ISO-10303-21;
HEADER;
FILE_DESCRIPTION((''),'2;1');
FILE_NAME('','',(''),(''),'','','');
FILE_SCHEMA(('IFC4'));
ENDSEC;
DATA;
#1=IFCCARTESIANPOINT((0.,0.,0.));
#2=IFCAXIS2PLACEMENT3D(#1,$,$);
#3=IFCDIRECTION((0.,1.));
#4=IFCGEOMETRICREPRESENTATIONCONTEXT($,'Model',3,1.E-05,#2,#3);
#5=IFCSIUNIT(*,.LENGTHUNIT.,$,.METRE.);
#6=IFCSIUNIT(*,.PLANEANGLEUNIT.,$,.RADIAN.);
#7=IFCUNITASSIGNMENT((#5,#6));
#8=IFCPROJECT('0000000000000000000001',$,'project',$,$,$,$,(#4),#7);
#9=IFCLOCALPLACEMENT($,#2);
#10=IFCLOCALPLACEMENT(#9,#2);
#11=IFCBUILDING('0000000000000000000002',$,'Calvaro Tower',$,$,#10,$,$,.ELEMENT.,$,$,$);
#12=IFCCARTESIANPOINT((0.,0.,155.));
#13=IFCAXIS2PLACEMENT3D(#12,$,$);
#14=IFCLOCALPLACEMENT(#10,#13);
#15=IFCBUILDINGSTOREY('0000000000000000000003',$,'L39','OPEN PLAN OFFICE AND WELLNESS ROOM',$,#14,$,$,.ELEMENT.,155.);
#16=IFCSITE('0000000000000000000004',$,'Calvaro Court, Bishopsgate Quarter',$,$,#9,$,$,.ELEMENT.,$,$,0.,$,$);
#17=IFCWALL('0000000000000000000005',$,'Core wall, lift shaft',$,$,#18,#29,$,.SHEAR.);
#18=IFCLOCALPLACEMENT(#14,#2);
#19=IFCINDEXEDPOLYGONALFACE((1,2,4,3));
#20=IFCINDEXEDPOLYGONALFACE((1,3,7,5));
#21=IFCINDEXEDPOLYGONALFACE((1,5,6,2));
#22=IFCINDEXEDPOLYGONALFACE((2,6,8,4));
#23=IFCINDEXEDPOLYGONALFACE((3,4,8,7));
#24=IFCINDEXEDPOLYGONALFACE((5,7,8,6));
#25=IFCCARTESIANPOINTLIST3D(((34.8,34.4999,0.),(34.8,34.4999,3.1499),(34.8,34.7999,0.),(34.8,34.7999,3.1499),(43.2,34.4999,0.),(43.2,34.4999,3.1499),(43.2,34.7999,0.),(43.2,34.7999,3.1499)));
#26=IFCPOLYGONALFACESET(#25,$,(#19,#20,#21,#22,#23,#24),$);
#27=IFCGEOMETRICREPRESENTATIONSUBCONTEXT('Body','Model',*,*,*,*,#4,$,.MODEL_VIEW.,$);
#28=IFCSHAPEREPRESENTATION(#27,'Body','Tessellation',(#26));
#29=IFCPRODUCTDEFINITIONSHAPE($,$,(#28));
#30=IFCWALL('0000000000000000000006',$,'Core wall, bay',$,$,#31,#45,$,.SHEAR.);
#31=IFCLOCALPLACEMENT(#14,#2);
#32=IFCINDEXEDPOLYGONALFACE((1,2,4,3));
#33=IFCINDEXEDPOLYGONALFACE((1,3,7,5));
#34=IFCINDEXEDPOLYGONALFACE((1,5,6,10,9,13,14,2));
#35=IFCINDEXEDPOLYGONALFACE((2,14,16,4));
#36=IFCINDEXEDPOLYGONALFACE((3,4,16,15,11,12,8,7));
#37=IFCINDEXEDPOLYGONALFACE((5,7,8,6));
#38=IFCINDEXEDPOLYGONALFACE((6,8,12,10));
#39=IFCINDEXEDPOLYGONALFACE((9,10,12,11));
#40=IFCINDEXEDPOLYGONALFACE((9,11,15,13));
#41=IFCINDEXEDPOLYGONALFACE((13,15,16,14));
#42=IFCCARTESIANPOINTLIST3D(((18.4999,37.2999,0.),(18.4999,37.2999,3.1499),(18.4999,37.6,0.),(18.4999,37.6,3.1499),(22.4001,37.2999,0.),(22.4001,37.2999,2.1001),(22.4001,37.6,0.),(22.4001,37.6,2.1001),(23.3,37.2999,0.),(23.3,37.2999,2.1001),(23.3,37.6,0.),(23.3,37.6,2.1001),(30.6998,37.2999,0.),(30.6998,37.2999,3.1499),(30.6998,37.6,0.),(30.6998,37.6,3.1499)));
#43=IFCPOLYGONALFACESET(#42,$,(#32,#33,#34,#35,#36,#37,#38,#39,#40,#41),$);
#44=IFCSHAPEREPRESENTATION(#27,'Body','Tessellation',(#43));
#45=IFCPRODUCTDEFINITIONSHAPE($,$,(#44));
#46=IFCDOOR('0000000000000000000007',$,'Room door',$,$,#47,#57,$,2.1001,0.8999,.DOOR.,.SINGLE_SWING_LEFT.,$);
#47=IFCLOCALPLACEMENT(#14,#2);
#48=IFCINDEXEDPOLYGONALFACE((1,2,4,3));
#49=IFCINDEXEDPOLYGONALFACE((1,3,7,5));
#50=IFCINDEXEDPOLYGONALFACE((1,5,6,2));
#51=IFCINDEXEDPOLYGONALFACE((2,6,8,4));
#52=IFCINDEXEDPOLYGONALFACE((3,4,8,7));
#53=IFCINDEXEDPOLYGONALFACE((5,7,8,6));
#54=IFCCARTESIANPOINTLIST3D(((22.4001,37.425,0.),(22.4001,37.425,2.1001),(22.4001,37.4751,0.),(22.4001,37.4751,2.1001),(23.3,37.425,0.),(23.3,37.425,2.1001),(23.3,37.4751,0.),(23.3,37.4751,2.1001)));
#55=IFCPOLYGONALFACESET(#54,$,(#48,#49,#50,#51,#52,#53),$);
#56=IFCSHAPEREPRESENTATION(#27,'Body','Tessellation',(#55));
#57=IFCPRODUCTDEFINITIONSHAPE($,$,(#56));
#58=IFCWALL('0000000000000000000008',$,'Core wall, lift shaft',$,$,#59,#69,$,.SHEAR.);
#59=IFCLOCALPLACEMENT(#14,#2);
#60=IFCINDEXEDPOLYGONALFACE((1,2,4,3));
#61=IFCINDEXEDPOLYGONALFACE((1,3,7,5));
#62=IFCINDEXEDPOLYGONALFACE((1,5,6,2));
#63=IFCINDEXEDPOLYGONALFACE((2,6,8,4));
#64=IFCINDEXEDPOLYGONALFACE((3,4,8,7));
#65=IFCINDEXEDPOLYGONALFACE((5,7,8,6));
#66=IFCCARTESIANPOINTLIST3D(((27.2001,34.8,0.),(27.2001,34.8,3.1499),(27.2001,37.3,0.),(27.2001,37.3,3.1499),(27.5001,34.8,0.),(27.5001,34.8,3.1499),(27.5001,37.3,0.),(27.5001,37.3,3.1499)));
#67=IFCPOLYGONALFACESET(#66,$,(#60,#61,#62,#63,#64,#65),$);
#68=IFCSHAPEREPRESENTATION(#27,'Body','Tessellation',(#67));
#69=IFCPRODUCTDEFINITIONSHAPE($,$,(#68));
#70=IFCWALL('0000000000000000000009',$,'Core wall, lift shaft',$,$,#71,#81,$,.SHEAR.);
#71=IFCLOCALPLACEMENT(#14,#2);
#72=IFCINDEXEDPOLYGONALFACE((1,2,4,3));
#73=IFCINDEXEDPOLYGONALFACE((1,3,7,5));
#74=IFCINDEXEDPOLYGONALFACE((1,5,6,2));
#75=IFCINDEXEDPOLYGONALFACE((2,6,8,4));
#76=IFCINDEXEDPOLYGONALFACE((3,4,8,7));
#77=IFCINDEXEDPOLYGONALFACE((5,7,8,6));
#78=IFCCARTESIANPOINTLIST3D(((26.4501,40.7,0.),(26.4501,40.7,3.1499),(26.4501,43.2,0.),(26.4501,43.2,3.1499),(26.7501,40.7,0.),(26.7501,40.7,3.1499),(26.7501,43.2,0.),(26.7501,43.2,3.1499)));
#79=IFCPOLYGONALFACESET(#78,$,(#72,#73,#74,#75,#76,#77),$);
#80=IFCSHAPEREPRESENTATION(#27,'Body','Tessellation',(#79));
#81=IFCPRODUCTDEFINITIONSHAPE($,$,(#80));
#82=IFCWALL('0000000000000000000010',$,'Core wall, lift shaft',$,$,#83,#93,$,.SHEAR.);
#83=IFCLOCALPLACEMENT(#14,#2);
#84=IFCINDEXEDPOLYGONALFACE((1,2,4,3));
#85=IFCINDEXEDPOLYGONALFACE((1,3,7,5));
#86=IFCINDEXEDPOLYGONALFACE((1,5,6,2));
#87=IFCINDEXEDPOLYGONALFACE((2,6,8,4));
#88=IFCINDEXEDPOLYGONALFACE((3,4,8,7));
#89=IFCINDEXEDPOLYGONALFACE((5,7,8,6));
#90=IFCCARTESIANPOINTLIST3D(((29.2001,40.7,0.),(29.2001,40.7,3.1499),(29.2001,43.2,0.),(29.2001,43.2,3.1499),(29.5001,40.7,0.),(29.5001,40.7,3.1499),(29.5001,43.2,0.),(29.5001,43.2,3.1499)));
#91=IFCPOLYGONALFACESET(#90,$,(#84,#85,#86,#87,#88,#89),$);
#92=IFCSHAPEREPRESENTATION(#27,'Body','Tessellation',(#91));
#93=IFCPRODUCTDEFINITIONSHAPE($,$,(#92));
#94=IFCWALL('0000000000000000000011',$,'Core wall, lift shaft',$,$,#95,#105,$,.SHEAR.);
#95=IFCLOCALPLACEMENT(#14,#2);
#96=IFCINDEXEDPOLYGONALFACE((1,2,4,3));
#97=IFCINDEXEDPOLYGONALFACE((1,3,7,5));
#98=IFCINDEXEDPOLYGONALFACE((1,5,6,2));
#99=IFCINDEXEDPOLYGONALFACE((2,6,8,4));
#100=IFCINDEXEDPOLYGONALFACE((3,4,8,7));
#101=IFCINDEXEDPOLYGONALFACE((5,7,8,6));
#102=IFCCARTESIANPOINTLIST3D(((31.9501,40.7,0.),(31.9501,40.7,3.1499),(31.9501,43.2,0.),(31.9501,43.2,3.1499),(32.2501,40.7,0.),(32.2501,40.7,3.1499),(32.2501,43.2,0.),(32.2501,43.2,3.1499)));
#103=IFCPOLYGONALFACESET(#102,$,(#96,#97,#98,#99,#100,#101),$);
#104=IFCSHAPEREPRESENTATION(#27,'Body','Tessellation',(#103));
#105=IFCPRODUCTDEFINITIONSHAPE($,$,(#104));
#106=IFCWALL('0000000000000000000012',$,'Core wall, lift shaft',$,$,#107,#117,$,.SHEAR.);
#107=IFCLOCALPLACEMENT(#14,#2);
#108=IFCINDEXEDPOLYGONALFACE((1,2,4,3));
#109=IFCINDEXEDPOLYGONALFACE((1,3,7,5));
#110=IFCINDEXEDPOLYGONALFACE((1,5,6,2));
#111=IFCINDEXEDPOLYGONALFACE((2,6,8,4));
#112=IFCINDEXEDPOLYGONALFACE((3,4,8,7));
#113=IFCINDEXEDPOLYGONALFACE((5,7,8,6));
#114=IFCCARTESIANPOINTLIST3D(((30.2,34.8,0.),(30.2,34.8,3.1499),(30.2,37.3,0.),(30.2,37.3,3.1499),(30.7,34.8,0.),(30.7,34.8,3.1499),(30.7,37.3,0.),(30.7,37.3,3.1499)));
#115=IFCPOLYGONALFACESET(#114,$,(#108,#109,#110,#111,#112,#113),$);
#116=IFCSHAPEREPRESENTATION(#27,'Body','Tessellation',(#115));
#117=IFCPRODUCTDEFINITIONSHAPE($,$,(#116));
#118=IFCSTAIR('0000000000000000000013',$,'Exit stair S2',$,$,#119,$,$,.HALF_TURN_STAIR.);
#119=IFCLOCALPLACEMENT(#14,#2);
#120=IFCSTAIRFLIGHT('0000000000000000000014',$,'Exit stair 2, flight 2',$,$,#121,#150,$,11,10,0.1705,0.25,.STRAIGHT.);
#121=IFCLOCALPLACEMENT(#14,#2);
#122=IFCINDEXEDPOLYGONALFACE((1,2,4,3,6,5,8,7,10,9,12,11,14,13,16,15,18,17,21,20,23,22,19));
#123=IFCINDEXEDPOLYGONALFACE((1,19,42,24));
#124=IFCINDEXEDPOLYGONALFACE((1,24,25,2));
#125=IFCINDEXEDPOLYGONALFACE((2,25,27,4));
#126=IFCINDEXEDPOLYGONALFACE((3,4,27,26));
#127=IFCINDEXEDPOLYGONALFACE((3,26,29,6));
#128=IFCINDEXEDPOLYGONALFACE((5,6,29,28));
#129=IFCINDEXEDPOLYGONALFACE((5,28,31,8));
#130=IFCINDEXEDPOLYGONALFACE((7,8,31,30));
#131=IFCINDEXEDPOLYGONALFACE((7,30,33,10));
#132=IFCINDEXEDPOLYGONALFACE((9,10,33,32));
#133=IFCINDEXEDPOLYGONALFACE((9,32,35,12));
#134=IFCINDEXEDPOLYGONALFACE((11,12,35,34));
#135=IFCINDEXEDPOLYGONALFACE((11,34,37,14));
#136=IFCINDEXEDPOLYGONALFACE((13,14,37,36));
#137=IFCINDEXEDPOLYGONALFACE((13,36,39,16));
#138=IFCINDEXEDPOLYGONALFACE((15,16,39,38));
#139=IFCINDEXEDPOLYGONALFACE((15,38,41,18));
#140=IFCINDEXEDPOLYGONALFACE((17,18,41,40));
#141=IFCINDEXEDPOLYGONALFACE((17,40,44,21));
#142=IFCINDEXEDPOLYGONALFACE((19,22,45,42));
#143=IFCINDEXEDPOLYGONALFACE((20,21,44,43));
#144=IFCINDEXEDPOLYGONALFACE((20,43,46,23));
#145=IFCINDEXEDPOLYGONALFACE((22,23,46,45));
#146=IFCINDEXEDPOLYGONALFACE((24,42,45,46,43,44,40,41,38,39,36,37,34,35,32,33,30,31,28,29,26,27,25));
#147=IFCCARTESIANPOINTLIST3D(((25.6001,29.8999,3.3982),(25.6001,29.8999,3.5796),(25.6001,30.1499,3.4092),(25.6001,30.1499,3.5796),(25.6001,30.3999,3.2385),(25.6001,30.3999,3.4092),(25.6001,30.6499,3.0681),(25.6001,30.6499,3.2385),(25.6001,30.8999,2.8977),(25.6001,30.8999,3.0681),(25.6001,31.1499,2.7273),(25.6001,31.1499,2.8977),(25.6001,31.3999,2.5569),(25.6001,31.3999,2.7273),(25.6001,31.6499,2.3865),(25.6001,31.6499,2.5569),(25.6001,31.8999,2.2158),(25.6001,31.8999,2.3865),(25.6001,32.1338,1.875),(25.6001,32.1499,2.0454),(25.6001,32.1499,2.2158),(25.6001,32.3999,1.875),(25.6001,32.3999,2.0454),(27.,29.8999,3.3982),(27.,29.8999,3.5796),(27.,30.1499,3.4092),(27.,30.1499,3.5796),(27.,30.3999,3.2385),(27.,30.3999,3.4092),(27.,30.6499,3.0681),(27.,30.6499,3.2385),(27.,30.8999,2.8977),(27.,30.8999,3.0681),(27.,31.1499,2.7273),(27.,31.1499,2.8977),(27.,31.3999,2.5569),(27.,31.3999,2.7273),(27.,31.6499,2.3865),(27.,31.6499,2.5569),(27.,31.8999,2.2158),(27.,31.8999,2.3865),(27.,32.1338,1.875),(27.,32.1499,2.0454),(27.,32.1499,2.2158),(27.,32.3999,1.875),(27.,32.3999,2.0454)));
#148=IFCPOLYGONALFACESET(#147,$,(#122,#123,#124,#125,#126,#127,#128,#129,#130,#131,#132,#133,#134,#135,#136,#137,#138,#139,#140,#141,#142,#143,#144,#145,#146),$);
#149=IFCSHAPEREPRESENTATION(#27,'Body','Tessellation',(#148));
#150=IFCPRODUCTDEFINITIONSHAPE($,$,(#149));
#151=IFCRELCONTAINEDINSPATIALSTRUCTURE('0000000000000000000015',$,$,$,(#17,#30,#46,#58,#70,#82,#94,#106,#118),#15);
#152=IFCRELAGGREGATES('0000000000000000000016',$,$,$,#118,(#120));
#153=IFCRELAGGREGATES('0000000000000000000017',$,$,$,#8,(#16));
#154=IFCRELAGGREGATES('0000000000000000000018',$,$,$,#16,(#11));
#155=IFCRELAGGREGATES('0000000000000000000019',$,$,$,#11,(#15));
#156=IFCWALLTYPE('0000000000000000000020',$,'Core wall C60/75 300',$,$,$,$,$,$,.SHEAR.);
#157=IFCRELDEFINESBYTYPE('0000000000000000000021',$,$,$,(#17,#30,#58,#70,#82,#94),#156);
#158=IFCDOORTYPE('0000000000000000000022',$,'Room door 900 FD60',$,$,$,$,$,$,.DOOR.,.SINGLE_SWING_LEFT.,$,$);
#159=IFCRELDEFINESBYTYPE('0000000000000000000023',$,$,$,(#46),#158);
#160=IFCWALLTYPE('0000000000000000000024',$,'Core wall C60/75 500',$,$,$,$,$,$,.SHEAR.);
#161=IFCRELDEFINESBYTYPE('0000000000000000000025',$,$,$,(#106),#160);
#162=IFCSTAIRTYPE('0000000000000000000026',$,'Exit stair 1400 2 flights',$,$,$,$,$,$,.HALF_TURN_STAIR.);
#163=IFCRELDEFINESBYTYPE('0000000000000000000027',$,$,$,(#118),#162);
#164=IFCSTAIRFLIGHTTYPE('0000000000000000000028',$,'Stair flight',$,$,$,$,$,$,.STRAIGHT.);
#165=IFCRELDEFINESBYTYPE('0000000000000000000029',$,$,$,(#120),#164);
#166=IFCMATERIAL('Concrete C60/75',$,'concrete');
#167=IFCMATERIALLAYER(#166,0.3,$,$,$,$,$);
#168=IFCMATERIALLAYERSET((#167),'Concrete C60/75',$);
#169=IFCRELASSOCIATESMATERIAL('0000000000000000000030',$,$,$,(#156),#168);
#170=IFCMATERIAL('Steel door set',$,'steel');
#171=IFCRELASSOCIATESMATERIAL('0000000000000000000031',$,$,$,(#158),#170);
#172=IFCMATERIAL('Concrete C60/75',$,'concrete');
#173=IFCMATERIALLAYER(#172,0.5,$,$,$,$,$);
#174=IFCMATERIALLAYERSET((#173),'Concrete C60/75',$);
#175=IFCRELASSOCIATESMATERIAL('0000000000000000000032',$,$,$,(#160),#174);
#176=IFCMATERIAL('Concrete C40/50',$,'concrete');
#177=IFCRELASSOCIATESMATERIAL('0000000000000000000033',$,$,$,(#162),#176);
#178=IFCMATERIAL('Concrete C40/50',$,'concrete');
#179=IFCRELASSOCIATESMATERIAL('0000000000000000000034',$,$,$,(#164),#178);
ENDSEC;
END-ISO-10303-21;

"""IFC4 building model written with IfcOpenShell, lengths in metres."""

from ifc_helpers import new_model, si_unit, direction, frame, frame_2d, origin, place, context, subcontext, project, spatial, polyline, rectangle, outline, extrude, material, layer, layer_set, type_object, element, fill, aggregate, save


model = new_model("IFC4")

# Units and contexts
model_context = context("Model", 3, precision=1e-05, world=origin(), true_north=direction((0.0, 1.0)))
body_context = subcontext(model_context, "Body", "Model", "MODEL_VIEW")
ifc_project = project(units=[si_unit("LENGTHUNIT", "METRE"), si_unit("PLANEANGLEUNIT", "RADIAN")], contexts=[model_context])

# Site, building, storey
site_placement = place(None, origin())
site = spatial("IfcSite", under=ifc_project, at=site_placement, Name="Calvaro Court, Bishopsgate Quarter", CompositionType="ELEMENT", RefElevation=0.0)
building_placement = place(site_placement, origin())
building = spatial("IfcBuilding", under=site, at=building_placement, Name="Calvaro Tower", CompositionType="ELEMENT")
storey_placement = place(building_placement, frame((0.0, 0.0, 155.0)))
storey = spatial("IfcBuildingStorey", under=building, at=storey_placement, Name="L39", Description="OPEN PLAN OFFICE AND WELLNESS ROOM", CompositionType="ELEMENT", Elevation=155.0)

# Wall
ifc_material_1 = material(Name="Concrete C60/75", Category="concrete")
ifc_layer_1 = layer(ifc_material_1, 0.3)
ifc_layer_set_1 = layer_set([ifc_layer_1], Name="Concrete C60/75")
wall_type_1 = type_object("IfcWallType", Name="Core wall C60/75 300", PredefinedType="SHEAR", material=ifc_layer_set_1)
wall_1_placement = place(storey_placement, frame((34.8, 34.6499, 0.0), z_axis=(0.0, 0.0, 1.0), x_axis=(1.0, 0.0, 0.0)))
element("IfcWall", 1, at=wall_1_placement, inside=storey, type_object=wall_type_1, Name="Core wall, lift shaft", PredefinedType="SHEAR", context=body_context, shape_type="SweptSolid", body=[
    extrude(rectangle(XDim=8.3999, YDim=0.3, at=frame_2d((4.2, 0.0))), origin(), (0.0, 0.0, 1.0), 3.1499),
])

# Wall, opening, door
wall_2_placement = place(storey_placement, frame((30.7, 37.45, 0.0), z_axis=(0.0, 0.0, 1.0), x_axis=(-1.0, 0.0, 0.0)))
wall_2 = element("IfcWall", 2, at=wall_2_placement, inside=storey, type_object=wall_type_1, Name="Core wall, bay", PredefinedType="SHEAR", context=body_context, shape_type="SweptSolid", body=[
    extrude(rectangle(XDim=12.2, YDim=0.3, at=frame_2d((6.1001, 0.0))), origin(), (0.0, 0.0, 1.0), 3.1499),
])
opening_placement = place(wall_2_placement, frame((7.3999, 0.0, 0.0)))
opening = element("IfcOpeningElement", 3, at=opening_placement, cuts=wall_2, PredefinedType="OPENING", context=body_context, shape_type="SweptSolid", body=[
    extrude(rectangle(XDim=0.8999, YDim=2.1001, at=frame_2d((0.45, 1.05))), frame((0.0, 0.1599, 0.0), z_axis=(0.0, -1.0, 0.0), x_axis=(1.0, 0.0, 0.0)), (0.0, 0.0, 1.0), 0.3201),
])
ifc_material_2 = material(Name="Steel door set", Category="steel")
door_type = type_object("IfcDoorType", Name="Room door 900 FD60", OperationType="SINGLE_SWING_LEFT", PredefinedType="DOOR", material=ifc_material_2)
door_placement = place(opening_placement, origin())
door = element("IfcDoor", 4, at=door_placement, inside=storey, type_object=door_type, Name="Room door", OperationType="SINGLE_SWING_LEFT", OverallHeight=2.1001, OverallWidth=0.8999, PredefinedType="DOOR", context=body_context, shape_type="SweptSolid", body=[
    extrude(rectangle(XDim=0.8999, YDim=2.1001, at=frame_2d((0.45, 1.05))), frame((0.0, 0.0249, 0.0), z_axis=(0.0, -1.0, 0.0), x_axis=(1.0, 0.0, 0.0)), (0.0, 0.0, 1.0), 0.05),
])
fill(opening, door)

# Walls
for number, where, z_axis, x_axis, name in (
    (5, (27.3501, 34.8, 0.0), (0.0, 0.0, 1.0), (0.0, 1.0, 0.0), "Core wall, lift shaft"),
    (6, (26.6001, 40.7, 0.0), (0.0, 0.0, 1.0), (0.0, 1.0, 0.0), "Core wall, lift shaft"),
    (7, (29.3501, 40.7, 0.0), (0.0, 0.0, 1.0), (0.0, 1.0, 0.0), "Core wall, lift shaft"),
    (8, (32.1001, 40.7, 0.0), (0.0, 0.0, 1.0), (0.0, 1.0, 0.0), "Core wall, lift shaft"),
):
    element("IfcWall", number, at=place(storey_placement, frame(where, z_axis=z_axis, x_axis=x_axis)), inside=storey, type_object=wall_type_1, Name=name, PredefinedType="SHEAR", context=body_context, shape_type="SweptSolid", body=[
        extrude(rectangle(XDim=2.5, YDim=0.3, at=frame_2d((1.25, 0.0))), origin(), (0.0, 0.0, 1.0), 3.1499),
    ])
ifc_material_3 = material(Name="Concrete C60/75", Category="concrete")
ifc_layer_2 = layer(ifc_material_3, 0.5)
ifc_layer_set_2 = layer_set([ifc_layer_2], Name="Concrete C60/75")
wall_type_2 = type_object("IfcWallType", Name="Core wall C60/75 500", PredefinedType="SHEAR", material=ifc_layer_set_2)
wall_3_placement = place(storey_placement, frame((30.45, 34.8, 0.0), z_axis=(0.0, 0.0, 1.0), x_axis=(0.0, 1.0, 0.0)))
element("IfcWall", 9, at=wall_3_placement, inside=storey, type_object=wall_type_2, Name="Core wall, lift shaft", PredefinedType="SHEAR", context=body_context, shape_type="SweptSolid", body=[
    extrude(rectangle(XDim=2.5, YDim=0.5, at=frame_2d((1.25, 0.0))), origin(), (0.0, 0.0, 1.0), 3.1499),
])

# Stair, stair flight
ifc_material_4 = material(Name="Concrete C40/50", Category="concrete")
stair_type = type_object("IfcStairType", Name="Exit stair 1400 2 flights", PredefinedType="HALF_TURN_STAIR", material=ifc_material_4)
stair_placement = place(storey_placement, origin())
stair = element("IfcStair", 10, at=stair_placement, inside=storey, type_object=stair_type, Name="Exit stair S2", PredefinedType="HALF_TURN_STAIR")
ifc_material_5 = material(Name="Concrete C40/50", Category="concrete")
stair_flight_type = type_object("IfcStairFlightType", Name="Stair flight", PredefinedType="STRAIGHT", material=ifc_material_5)
stair_flight_placement = place(storey_placement, frame((26.3, 32.3999, 1.875), z_axis=(0.0, 0.0, 1.0), x_axis=(0.0, -1.0, 0.0)))
stair_flight = element("IfcStairFlight", 11, at=stair_flight_placement, type_object=stair_flight_type, Name="Exit stair 2, flight 2", NumberOfRisers=11, NumberOfTreads=10, PredefinedType="STRAIGHT", RiserHeight=0.1705, TreadLength=0.25, context=body_context, shape_type="SweptSolid", body=[
    extrude(outline(polyline([(0.0, 0.0), (0.0, 0.1704), (0.25, 0.1704), (0.25, 0.3408), (0.5, 0.3408), (0.5, 0.5115), (0.75, 0.5115), (0.75, 0.6819), (1.0, 0.6819), (1.0, 0.8523), (1.25, 0.8523), (1.25, 1.0227), (1.5, 1.0227), (1.5, 1.1931), (1.75, 1.1931), (1.75, 1.3635), (2.0, 1.3635), (2.0, 1.5342), (2.25, 1.5342), (2.25, 1.7046), (2.5, 1.7046), (2.5, 1.875), (2.5, 1.5232), (0.2661, 0.0), (0.0, 0.0)])), frame((0.0, 0.7, 0.0), z_axis=(0.0, -1.0, 0.0), x_axis=(1.0, 0.0, 0.0)), (0.0, 0.0, 1.0), 1.3999),
])
aggregate(stair, [stair_flight])

save(model, "model.ifc")
